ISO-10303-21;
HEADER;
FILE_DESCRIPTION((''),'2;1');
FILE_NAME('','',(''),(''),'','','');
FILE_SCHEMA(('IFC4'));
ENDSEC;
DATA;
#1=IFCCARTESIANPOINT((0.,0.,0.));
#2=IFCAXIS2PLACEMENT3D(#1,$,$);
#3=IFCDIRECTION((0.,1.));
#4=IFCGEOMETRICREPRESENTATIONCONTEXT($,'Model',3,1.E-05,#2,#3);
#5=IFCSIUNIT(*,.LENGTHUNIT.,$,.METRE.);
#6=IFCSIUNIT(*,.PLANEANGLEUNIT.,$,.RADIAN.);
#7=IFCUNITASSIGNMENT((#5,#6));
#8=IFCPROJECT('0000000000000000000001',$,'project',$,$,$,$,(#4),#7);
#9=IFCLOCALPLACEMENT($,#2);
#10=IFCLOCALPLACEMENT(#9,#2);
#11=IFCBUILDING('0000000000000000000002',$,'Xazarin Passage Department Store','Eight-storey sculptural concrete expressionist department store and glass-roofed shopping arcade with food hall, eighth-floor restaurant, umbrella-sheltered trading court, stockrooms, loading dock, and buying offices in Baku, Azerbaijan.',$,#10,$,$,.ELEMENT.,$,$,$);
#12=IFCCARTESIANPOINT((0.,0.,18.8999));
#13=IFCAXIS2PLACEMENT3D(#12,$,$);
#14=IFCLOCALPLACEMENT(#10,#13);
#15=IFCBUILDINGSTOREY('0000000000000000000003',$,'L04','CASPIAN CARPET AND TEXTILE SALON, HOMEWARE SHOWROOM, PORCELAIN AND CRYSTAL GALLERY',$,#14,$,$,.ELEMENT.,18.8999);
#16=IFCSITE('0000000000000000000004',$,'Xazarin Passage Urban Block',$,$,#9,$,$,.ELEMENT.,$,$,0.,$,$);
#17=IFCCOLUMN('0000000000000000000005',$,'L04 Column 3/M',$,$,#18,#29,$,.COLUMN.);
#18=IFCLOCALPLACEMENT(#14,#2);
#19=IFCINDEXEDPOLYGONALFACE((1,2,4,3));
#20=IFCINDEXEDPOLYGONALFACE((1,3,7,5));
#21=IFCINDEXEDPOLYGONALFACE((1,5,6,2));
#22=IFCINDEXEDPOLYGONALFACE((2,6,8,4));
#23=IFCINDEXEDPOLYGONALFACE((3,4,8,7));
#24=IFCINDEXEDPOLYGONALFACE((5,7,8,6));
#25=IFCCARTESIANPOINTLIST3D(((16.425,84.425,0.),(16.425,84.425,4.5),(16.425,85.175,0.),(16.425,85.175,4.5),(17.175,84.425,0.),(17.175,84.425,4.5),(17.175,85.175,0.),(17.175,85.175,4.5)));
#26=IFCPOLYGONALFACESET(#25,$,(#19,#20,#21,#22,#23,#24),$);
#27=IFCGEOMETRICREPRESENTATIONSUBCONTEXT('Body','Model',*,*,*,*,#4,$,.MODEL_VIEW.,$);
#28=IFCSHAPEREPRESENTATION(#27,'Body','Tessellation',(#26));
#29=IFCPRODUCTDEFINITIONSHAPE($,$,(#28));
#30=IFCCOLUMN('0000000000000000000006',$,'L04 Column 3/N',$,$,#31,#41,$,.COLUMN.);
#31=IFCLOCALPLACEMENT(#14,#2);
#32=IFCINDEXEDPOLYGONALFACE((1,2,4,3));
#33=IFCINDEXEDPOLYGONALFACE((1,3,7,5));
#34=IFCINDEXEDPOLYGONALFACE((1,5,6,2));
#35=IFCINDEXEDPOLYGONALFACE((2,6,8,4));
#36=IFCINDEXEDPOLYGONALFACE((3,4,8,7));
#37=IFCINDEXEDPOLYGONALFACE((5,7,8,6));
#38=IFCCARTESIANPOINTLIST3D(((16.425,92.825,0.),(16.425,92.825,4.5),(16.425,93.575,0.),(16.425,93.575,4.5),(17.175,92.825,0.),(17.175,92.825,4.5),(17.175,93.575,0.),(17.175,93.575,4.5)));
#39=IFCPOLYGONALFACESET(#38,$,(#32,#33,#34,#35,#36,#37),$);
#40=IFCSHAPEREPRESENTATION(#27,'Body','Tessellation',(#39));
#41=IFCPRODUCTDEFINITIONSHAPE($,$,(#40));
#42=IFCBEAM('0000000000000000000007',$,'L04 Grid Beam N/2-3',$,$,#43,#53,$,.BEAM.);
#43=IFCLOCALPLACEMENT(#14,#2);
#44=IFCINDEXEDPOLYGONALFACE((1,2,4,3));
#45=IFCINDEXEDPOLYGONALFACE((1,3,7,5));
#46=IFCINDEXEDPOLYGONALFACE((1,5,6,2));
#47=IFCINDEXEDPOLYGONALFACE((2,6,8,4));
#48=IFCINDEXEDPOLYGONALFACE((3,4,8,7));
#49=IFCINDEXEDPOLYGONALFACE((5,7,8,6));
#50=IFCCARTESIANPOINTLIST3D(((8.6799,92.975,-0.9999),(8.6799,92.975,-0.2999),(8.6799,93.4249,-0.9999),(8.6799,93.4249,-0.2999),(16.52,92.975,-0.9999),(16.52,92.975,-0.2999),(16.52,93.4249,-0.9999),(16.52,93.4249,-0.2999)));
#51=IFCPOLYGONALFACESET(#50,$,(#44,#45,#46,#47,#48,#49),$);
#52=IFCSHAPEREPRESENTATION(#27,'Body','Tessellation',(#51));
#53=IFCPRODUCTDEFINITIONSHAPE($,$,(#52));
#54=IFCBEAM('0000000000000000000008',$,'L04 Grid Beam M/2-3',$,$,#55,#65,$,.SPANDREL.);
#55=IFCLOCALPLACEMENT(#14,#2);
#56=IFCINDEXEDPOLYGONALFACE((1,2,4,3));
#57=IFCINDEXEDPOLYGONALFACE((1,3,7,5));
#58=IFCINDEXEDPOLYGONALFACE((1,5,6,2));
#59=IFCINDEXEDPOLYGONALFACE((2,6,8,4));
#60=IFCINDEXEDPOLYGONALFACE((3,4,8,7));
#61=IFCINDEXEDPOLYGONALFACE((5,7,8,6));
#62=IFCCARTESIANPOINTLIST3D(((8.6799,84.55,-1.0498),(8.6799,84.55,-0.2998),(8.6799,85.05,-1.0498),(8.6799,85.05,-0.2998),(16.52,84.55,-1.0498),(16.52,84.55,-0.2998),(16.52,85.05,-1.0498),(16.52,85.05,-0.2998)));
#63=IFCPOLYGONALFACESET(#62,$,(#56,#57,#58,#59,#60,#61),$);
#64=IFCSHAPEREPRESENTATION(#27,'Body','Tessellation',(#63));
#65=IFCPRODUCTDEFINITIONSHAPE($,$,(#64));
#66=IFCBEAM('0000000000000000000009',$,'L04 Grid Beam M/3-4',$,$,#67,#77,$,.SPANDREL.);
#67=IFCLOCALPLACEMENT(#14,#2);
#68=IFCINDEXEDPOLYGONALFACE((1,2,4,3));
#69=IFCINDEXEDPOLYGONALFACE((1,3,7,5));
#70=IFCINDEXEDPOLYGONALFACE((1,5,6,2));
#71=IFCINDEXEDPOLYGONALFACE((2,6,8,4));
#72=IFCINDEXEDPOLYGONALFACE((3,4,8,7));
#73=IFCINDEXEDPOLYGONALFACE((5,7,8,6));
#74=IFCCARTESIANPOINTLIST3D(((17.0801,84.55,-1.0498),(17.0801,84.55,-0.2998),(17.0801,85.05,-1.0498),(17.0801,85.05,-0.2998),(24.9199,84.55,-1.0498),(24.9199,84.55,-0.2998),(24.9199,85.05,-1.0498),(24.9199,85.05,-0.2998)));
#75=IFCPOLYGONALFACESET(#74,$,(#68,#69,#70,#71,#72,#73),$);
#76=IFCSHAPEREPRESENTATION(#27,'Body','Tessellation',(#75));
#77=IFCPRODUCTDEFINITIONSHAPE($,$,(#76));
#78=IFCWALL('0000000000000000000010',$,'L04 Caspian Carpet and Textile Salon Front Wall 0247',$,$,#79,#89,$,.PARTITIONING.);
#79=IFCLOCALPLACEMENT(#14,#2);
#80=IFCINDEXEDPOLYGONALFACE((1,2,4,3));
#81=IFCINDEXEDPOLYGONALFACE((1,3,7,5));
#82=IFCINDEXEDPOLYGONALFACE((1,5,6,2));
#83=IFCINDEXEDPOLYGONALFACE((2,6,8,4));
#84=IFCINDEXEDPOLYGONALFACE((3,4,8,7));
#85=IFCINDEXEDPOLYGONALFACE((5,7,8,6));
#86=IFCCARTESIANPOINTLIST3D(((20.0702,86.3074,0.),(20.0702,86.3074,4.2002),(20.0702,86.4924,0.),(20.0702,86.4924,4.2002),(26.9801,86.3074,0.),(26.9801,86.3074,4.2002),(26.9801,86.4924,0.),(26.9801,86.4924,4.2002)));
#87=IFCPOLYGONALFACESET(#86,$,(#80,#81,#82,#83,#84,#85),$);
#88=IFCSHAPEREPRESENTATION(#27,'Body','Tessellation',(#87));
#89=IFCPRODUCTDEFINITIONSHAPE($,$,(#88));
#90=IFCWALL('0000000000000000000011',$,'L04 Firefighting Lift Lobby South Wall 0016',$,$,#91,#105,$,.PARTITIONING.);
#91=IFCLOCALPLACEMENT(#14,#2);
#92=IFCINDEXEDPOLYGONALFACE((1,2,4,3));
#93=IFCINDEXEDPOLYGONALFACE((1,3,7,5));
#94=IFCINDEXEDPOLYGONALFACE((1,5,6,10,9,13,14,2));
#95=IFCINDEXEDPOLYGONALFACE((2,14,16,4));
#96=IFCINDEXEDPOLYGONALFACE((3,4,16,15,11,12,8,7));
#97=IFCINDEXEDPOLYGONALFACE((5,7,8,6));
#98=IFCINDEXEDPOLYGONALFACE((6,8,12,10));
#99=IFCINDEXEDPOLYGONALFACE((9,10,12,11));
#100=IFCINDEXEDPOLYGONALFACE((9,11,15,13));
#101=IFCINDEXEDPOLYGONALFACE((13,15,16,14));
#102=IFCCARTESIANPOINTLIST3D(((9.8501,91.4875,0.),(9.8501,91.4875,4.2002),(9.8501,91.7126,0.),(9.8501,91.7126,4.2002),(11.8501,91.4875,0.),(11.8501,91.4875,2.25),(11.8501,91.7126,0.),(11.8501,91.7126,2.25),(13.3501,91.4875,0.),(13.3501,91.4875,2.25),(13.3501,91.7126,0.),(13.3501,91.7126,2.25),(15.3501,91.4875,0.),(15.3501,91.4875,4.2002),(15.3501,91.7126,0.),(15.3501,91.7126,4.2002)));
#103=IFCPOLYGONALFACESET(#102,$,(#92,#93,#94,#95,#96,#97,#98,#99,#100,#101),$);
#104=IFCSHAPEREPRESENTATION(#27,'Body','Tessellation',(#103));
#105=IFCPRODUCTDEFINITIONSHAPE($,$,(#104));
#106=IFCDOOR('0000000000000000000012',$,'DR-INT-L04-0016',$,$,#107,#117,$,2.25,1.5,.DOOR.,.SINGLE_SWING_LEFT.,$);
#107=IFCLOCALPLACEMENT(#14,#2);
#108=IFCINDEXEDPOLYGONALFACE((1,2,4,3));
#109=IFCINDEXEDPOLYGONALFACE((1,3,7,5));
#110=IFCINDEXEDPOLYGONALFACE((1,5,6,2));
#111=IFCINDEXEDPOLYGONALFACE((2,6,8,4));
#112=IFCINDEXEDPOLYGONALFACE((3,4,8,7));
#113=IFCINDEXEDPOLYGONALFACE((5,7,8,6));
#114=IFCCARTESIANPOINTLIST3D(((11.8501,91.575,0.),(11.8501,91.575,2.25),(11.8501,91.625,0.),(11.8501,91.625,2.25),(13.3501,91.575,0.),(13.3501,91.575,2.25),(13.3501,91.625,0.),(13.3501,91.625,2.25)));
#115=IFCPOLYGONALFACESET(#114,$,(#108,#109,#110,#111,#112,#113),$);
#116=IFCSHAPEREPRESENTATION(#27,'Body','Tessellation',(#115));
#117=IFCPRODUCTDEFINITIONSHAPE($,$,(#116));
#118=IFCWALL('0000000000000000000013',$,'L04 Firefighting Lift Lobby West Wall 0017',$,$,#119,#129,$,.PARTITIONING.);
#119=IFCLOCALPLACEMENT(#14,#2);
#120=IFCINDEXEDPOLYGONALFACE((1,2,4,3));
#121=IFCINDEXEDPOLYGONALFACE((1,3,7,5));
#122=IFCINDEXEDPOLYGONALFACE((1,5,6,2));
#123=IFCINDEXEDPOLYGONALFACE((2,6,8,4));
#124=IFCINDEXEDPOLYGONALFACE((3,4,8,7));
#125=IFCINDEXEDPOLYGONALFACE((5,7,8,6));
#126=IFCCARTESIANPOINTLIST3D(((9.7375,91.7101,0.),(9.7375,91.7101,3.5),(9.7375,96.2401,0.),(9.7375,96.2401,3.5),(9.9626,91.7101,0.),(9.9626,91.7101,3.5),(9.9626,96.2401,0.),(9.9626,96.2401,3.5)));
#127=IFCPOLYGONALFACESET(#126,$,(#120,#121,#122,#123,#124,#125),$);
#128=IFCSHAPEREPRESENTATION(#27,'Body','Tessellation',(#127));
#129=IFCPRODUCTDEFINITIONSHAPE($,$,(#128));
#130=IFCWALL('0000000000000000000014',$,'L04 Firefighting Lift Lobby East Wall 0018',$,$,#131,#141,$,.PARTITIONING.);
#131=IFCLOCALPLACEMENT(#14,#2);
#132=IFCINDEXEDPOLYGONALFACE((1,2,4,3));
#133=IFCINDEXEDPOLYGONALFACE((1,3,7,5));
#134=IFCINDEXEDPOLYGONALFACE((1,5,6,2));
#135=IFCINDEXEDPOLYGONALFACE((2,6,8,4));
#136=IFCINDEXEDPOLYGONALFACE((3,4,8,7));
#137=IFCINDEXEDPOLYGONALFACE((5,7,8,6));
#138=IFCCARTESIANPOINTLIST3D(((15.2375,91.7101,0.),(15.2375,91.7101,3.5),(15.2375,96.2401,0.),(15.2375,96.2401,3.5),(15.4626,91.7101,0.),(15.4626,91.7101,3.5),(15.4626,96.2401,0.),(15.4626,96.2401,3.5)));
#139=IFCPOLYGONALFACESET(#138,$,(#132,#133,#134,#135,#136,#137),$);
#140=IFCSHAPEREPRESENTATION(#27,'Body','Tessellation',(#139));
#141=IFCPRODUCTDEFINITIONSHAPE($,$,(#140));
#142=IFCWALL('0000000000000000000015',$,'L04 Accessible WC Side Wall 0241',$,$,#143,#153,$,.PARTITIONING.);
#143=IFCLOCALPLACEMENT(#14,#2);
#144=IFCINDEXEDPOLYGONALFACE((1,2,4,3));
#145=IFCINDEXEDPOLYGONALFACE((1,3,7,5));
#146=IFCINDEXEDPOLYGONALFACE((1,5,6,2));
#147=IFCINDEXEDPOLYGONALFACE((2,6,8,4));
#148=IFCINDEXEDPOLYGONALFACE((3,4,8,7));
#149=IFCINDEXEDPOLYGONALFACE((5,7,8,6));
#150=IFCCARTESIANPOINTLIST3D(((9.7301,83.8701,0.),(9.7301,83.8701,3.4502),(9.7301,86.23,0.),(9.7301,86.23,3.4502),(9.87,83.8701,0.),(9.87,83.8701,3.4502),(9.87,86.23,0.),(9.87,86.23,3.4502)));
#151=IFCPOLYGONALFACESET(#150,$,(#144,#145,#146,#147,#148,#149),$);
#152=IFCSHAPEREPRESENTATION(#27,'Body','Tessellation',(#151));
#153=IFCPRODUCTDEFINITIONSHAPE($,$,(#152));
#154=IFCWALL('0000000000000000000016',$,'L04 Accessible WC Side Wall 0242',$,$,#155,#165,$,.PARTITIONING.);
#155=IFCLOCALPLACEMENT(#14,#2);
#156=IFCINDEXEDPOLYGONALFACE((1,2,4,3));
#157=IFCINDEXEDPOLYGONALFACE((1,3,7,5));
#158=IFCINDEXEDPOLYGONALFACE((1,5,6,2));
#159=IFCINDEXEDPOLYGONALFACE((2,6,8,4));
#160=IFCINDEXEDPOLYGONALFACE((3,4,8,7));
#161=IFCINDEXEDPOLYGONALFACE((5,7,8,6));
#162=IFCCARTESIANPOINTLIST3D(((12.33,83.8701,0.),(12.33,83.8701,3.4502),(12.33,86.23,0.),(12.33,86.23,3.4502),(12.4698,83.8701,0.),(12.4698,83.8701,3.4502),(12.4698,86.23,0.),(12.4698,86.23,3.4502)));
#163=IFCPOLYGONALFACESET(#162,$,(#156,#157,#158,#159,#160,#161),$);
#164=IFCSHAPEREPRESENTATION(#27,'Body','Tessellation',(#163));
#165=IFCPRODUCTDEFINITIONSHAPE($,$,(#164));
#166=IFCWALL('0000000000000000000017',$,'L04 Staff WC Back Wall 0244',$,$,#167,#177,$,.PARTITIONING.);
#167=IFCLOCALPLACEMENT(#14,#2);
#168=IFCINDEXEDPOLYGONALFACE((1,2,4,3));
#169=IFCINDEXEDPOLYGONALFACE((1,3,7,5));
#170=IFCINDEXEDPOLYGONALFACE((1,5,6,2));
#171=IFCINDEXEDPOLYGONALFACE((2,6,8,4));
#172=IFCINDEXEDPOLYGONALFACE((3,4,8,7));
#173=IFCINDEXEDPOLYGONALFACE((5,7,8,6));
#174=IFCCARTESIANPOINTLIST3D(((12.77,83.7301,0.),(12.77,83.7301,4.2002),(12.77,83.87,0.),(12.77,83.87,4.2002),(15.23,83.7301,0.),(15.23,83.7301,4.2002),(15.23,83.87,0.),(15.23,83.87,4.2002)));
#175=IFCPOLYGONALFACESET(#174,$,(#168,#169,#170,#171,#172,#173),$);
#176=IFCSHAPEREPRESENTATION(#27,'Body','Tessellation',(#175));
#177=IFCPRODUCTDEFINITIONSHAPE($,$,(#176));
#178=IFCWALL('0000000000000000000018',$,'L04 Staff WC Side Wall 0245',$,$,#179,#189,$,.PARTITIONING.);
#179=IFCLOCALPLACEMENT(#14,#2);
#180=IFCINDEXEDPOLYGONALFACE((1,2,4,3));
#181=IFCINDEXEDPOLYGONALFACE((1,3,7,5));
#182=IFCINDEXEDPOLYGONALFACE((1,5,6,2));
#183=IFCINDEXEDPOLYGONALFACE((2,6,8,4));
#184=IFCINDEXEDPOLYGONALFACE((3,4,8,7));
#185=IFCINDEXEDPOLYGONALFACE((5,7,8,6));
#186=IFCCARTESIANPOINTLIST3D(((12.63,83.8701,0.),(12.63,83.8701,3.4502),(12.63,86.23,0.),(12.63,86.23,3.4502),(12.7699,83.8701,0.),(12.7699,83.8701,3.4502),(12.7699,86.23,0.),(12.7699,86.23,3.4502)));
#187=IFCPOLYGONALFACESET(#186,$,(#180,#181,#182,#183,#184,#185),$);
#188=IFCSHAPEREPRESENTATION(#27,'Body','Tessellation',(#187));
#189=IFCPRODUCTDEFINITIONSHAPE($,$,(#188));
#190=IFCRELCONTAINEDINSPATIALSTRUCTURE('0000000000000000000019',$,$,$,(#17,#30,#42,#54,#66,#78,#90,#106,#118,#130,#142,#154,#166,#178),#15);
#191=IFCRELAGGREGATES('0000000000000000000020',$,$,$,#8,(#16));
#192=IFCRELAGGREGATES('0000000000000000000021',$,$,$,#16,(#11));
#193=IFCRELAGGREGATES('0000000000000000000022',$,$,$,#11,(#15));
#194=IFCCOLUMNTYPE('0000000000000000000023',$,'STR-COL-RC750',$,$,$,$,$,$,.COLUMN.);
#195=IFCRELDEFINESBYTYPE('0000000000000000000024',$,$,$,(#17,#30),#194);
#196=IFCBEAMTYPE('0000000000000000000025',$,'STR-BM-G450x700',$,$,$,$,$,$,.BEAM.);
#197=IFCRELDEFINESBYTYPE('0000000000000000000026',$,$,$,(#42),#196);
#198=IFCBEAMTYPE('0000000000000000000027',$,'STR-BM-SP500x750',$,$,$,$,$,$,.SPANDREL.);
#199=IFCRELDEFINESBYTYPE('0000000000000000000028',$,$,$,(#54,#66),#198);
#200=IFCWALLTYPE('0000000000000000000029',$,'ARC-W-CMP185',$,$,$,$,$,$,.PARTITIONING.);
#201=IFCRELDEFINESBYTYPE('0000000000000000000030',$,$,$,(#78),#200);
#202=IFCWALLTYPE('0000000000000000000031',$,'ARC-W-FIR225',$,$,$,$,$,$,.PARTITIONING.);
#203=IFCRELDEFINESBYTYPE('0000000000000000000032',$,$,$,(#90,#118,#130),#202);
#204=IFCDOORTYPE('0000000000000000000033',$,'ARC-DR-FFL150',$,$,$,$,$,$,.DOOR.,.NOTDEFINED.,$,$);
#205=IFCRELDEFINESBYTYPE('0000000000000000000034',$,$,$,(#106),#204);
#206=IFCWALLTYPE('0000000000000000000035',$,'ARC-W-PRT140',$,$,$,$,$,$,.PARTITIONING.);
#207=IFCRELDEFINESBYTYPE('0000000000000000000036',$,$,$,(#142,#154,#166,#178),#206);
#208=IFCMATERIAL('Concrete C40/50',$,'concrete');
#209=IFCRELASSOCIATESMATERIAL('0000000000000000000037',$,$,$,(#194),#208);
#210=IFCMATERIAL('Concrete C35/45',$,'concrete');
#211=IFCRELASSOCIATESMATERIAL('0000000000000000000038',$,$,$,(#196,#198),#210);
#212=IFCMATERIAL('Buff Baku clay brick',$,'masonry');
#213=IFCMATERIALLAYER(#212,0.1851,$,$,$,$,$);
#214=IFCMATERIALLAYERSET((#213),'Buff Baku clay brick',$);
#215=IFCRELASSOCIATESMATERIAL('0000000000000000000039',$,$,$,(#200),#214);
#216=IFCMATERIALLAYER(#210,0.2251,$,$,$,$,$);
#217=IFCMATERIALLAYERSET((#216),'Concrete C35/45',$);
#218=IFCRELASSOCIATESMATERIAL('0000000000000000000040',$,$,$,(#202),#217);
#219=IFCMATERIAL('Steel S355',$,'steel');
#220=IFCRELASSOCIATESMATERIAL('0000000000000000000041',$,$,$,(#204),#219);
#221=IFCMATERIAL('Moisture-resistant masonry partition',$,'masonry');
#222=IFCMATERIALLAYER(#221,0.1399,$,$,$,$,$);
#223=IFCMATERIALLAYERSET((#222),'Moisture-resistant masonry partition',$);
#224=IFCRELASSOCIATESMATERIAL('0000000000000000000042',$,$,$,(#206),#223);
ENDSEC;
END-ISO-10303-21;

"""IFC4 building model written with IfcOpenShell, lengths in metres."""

from ifc_helpers import new_model, si_unit, direction, frame, frame_2d, origin, origin_2d, place, context, subcontext, project, spatial, rectangle, extrude, material, layer, layer_set, material_profile, profile_set, type_object, element, fill, save


model = new_model("IFC4")

# Units and contexts
model_context = context("Model", 3, precision=1e-05, world=origin(), true_north=direction((0.0, 1.0)))
body_context = subcontext(model_context, "Body", "Model", "MODEL_VIEW")
ifc_project = project(units=[si_unit("LENGTHUNIT", "METRE"), si_unit("PLANEANGLEUNIT", "RADIAN")], contexts=[model_context])

# Site, building, storey
site_placement = place(None, origin())
site = spatial("IfcSite", under=ifc_project, at=site_placement, Name="Xazarin Passage Urban Block", CompositionType="ELEMENT", RefElevation=0.0)
building_placement = place(site_placement, origin())
building = spatial("IfcBuilding", under=site, at=building_placement, Name="Xazarin Passage Department Store", Description="Eight-storey sculptural concrete expressionist department store and glass-roofed shopping arcade with food hall, eighth-floor restaurant, umbrella-sheltered trading court, stockrooms, loading dock, and buying offices in Baku, Azerbaijan.", CompositionType="ELEMENT")
storey_placement = place(building_placement, frame((0.0, 0.0, 18.8999)))
storey = spatial("IfcBuildingStorey", under=building, at=storey_placement, Name="L04", Description="CASPIAN CARPET AND TEXTILE SALON, HOMEWARE SHOWROOM, PORCELAIN AND CRYSTAL GALLERY", CompositionType="ELEMENT", Elevation=18.8999)

# Columns
ifc_material_1 = material(Name="Concrete C40/50", Category="concrete")
ifc_material_profile_1 = material_profile(ifc_material_1, rectangle(XDim=0.75, YDim=0.75, at=origin_2d()), Name="RC 750x750")
ifc_profile_set_1 = profile_set([ifc_material_profile_1], Name="Concrete C40/50")
column_type = type_object("IfcColumnType", Name="STR-COL-RC750", PredefinedType="COLUMN", material=ifc_profile_set_1)
for number, where, z_axis, x_axis, name in (
    (1, (16.8, 84.8, 0.0), (0.0, 0.0, 1.0), (1.0, 0.0, 0.0), "L04 Column 3/M"),
    (2, (16.8, 93.2, 0.0), (0.0, 0.0, 1.0), (1.0, 0.0, 0.0), "L04 Column 3/N"),
):
    element("IfcColumn", number, at=place(storey_placement, frame(where, z_axis=z_axis, x_axis=x_axis)), inside=storey, type_object=column_type, Name=name, PredefinedType="COLUMN", context=body_context, shape_type="SweptSolid", body=[
        extrude(rectangle(XDim=0.75, YDim=0.75, at=origin_2d()), origin(), (0.0, 0.0, 1.0), 4.5),
    ])

# Beams
ifc_material_2 = material(Name="Concrete C35/45", Category="concrete")
ifc_material_profile_2 = material_profile(ifc_material_2, rectangle(XDim=0.45, YDim=0.7, at=origin_2d()), Name="RC 450x700")
ifc_profile_set_2 = profile_set([ifc_material_profile_2], Name="Concrete C35/45")
beam_type_1 = type_object("IfcBeamType", Name="STR-BM-G450x700", PredefinedType="BEAM", material=ifc_profile_set_2)
beam_1_placement = place(storey_placement, frame((8.6799, 93.2, -0.6499), z_axis=(1.0, 0.0, 0.0), x_axis=(0.0, 1.0, 0.0)))
element("IfcBeam", 3, at=beam_1_placement, inside=storey, type_object=beam_type_1, Name="L04 Grid Beam N/2-3", PredefinedType="BEAM", context=body_context, shape_type="SweptSolid", body=[
    extrude(rectangle(XDim=0.45, YDim=0.7, at=origin_2d()), origin(), (0.0, 0.0, 1.0), 7.8401),
])
ifc_material_profile_3 = material_profile(ifc_material_2, rectangle(XDim=0.5, YDim=0.75, at=origin_2d()), Name="RC 500x750")
ifc_profile_set_3 = profile_set([ifc_material_profile_3], Name="Concrete C35/45")
beam_type_2 = type_object("IfcBeamType", Name="STR-BM-SP500x750", PredefinedType="SPANDREL", material=ifc_profile_set_3)
beam_2_placement = place(storey_placement, frame((8.6799, 84.8, -0.6748), z_axis=(1.0, 0.0, 0.0), x_axis=(0.0, 1.0, 0.0)))
element("IfcBeam", 4, at=beam_2_placement, inside=storey, type_object=beam_type_2, Name="L04 Grid Beam M/2-3", PredefinedType="SPANDREL", context=body_context, shape_type="SweptSolid", body=[
    extrude(rectangle(XDim=0.5, YDim=0.75, at=origin_2d()), origin(), (0.0, 0.0, 1.0), 7.8401),
])
beam_3_placement = place(storey_placement, frame((17.0801, 84.8, -0.6748), z_axis=(1.0, 0.0, 0.0), x_axis=(0.0, 1.0, 0.0)))
element("IfcBeam", 5, at=beam_3_placement, inside=storey, type_object=beam_type_2, Name="L04 Grid Beam M/3-4", PredefinedType="SPANDREL", context=body_context, shape_type="SweptSolid", body=[
    extrude(rectangle(XDim=0.5, YDim=0.75, at=origin_2d()), origin(), (0.0, 0.0, 1.0), 7.8398),
])

# Wall
ifc_material_3 = material(Name="Buff Baku clay brick", Category="masonry")
ifc_layer_1 = layer(ifc_material_3, 0.1851)
ifc_layer_set_1 = layer_set([ifc_layer_1], Name="Buff Baku clay brick")
wall_type_1 = type_object("IfcWallType", Name="ARC-W-CMP185", PredefinedType="PARTITIONING", material=ifc_layer_set_1)
wall_1_placement = place(storey_placement, frame((20.0701, 86.3999, 0.0), z_axis=(0.0, 0.0, 1.0), x_axis=(1.0, 0.0, 0.0)))
element("IfcWall", 6, at=wall_1_placement, inside=storey, type_object=wall_type_1, Name="L04 Caspian Carpet and Textile Salon Front Wall 0247", PredefinedType="PARTITIONING", context=body_context, shape_type="SweptSolid", body=[
    extrude(rectangle(XDim=6.9099, YDim=0.1851, at=frame_2d((3.4551, 0.0))), origin(), (0.0, 0.0, 1.0), 4.2002),
])

# Wall, opening, door
ifc_layer_2 = layer(ifc_material_2, 0.2251)
ifc_layer_set_2 = layer_set([ifc_layer_2], Name="Concrete C35/45")
wall_type_2 = type_object("IfcWallType", Name="ARC-W-FIR225", PredefinedType="PARTITIONING", material=ifc_layer_set_2)
wall_2_placement = place(storey_placement, frame((9.8501, 91.6001, 0.0), z_axis=(0.0, 0.0, 1.0), x_axis=(1.0, 0.0, 0.0)))
wall_2 = element("IfcWall", 7, at=wall_2_placement, inside=storey, type_object=wall_type_2, Name="L04 Firefighting Lift Lobby South Wall 0016", PredefinedType="PARTITIONING", context=body_context, shape_type="SweptSolid", body=[
    extrude(rectangle(XDim=5.5, YDim=0.2251, at=frame_2d((2.75, 0.0))), origin(), (0.0, 0.0, 1.0), 4.2002),
])
opening_1_placement = place(wall_2_placement, frame((2.0, 0.0, 0.0)))
opening_1 = element("IfcOpeningElement", 8, at=opening_1_placement, cuts=wall_2, PredefinedType="OPENING", context=body_context, shape_type="SweptSolid", body=[
    extrude(rectangle(XDim=1.5, YDim=2.25, at=frame_2d((0.75, 1.125))), frame((0.0, 0.1226, 0.0), z_axis=(0.0, -1.0, 0.0), x_axis=(1.0, 0.0, 0.0)), (0.0, 0.0, 1.0), 0.2451),
])
ifc_material_4 = material(Name="Steel S355", Category="steel")
door_type_1 = type_object("IfcDoorType", Name="ARC-DR-FFL150", OperationType="NOTDEFINED", PredefinedType="DOOR", material=ifc_material_4)
door_1_placement = place(opening_1_placement, origin())
door_1 = element("IfcDoor", 9, at=door_1_placement, inside=storey, type_object=door_type_1, Name="DR-INT-L04-0016", OperationType="SINGLE_SWING_LEFT", OverallHeight=2.25, OverallWidth=1.5, PredefinedType="DOOR", context=body_context, shape_type="SweptSolid", body=[
    extrude(rectangle(XDim=1.5, YDim=2.25, at=frame_2d((0.75, 1.125))), frame((0.0, 0.0249, 0.0), z_axis=(0.0, -1.0, 0.0), x_axis=(1.0, 0.0, 0.0)), (0.0, 0.0, 1.0), 0.05),
])
fill(opening_1, door_1)

# Walls
for number, where, z_axis, x_axis, name in (
    (10, (9.8501, 91.71, 0.0), (0.0, 0.0, 1.0), (0.0, 1.0, 0.0), "L04 Firefighting Lift Lobby West Wall 0017"),
    (11, (15.3501, 91.71, 0.0), (0.0, 0.0, 1.0), (0.0, 1.0, 0.0), "L04 Firefighting Lift Lobby East Wall 0018"),
):
    element("IfcWall", number, at=place(storey_placement, frame(where, z_axis=z_axis, x_axis=x_axis)), inside=storey, type_object=wall_type_2, Name=name, PredefinedType="PARTITIONING", context=body_context, shape_type="SweptSolid", body=[
        extrude(rectangle(XDim=4.53, YDim=0.2251, at=frame_2d((2.2651, 0.0))), origin(), (0.0, 0.0, 1.0), 3.5),
    ])

# Shared definitions
ifc_material_5 = material(Name="Moisture-resistant masonry partition", Category="masonry")
ifc_layer_3 = layer(ifc_material_5, 0.1399)
ifc_layer_set_3 = layer_set([ifc_layer_3], Name="Moisture-resistant masonry partition")
wall_type_3 = type_object("IfcWallType", Name="ARC-W-PRT140", PredefinedType="PARTITIONING", material=ifc_layer_set_3)

# Walls
for number, where, z_axis, x_axis, name in (
    (12, (9.8, 83.8701, 0.0), (0.0, 0.0, 1.0), (0.0, 1.0, 0.0), "L04 Accessible WC Side Wall 0241"),
    (13, (12.3999, 83.8701, 0.0), (0.0, 0.0, 1.0), (0.0, 1.0, 0.0), "L04 Accessible WC Side Wall 0242"),
):
    element("IfcWall", number, at=place(storey_placement, frame(where, z_axis=z_axis, x_axis=x_axis)), inside=storey, type_object=wall_type_3, Name=name, PredefinedType="PARTITIONING", context=body_context, shape_type="SweptSolid", body=[
        extrude(rectangle(XDim=2.3599, YDim=0.1399, at=frame_2d((1.1799, 0.0))), origin(), (0.0, 0.0, 1.0), 3.4502),
    ])

# Walls
wall_3_placement = place(storey_placement, frame((12.77, 83.8, 0.0), z_axis=(0.0, 0.0, 1.0), x_axis=(1.0, 0.0, 0.0)))
element("IfcWall", 14, at=wall_3_placement, inside=storey, type_object=wall_type_3, Name="L04 Staff WC Back Wall 0244", PredefinedType="PARTITIONING", context=body_context, shape_type="SweptSolid", body=[
    extrude(rectangle(XDim=2.46, YDim=0.1399, at=frame_2d((1.23, 0.0))), origin(), (0.0, 0.0, 1.0), 4.2002),
])
for number, where, z_axis, x_axis, name in (
    (15, (12.7, 83.8701, 0.0), (0.0, 0.0, 1.0), (0.0, 1.0, 0.0), "L04 Staff WC Side Wall 0245"),
):
    element("IfcWall", number, at=place(storey_placement, frame(where, z_axis=z_axis, x_axis=x_axis)), inside=storey, type_object=wall_type_3, Name=name, PredefinedType="PARTITIONING", context=body_context, shape_type="SweptSolid", body=[
        extrude(rectangle(XDim=2.3599, YDim=0.1399, at=frame_2d((1.1799, 0.0))), origin(), (0.0, 0.0, 1.0), 3.4502),
    ])

save(model, "model.ifc")
